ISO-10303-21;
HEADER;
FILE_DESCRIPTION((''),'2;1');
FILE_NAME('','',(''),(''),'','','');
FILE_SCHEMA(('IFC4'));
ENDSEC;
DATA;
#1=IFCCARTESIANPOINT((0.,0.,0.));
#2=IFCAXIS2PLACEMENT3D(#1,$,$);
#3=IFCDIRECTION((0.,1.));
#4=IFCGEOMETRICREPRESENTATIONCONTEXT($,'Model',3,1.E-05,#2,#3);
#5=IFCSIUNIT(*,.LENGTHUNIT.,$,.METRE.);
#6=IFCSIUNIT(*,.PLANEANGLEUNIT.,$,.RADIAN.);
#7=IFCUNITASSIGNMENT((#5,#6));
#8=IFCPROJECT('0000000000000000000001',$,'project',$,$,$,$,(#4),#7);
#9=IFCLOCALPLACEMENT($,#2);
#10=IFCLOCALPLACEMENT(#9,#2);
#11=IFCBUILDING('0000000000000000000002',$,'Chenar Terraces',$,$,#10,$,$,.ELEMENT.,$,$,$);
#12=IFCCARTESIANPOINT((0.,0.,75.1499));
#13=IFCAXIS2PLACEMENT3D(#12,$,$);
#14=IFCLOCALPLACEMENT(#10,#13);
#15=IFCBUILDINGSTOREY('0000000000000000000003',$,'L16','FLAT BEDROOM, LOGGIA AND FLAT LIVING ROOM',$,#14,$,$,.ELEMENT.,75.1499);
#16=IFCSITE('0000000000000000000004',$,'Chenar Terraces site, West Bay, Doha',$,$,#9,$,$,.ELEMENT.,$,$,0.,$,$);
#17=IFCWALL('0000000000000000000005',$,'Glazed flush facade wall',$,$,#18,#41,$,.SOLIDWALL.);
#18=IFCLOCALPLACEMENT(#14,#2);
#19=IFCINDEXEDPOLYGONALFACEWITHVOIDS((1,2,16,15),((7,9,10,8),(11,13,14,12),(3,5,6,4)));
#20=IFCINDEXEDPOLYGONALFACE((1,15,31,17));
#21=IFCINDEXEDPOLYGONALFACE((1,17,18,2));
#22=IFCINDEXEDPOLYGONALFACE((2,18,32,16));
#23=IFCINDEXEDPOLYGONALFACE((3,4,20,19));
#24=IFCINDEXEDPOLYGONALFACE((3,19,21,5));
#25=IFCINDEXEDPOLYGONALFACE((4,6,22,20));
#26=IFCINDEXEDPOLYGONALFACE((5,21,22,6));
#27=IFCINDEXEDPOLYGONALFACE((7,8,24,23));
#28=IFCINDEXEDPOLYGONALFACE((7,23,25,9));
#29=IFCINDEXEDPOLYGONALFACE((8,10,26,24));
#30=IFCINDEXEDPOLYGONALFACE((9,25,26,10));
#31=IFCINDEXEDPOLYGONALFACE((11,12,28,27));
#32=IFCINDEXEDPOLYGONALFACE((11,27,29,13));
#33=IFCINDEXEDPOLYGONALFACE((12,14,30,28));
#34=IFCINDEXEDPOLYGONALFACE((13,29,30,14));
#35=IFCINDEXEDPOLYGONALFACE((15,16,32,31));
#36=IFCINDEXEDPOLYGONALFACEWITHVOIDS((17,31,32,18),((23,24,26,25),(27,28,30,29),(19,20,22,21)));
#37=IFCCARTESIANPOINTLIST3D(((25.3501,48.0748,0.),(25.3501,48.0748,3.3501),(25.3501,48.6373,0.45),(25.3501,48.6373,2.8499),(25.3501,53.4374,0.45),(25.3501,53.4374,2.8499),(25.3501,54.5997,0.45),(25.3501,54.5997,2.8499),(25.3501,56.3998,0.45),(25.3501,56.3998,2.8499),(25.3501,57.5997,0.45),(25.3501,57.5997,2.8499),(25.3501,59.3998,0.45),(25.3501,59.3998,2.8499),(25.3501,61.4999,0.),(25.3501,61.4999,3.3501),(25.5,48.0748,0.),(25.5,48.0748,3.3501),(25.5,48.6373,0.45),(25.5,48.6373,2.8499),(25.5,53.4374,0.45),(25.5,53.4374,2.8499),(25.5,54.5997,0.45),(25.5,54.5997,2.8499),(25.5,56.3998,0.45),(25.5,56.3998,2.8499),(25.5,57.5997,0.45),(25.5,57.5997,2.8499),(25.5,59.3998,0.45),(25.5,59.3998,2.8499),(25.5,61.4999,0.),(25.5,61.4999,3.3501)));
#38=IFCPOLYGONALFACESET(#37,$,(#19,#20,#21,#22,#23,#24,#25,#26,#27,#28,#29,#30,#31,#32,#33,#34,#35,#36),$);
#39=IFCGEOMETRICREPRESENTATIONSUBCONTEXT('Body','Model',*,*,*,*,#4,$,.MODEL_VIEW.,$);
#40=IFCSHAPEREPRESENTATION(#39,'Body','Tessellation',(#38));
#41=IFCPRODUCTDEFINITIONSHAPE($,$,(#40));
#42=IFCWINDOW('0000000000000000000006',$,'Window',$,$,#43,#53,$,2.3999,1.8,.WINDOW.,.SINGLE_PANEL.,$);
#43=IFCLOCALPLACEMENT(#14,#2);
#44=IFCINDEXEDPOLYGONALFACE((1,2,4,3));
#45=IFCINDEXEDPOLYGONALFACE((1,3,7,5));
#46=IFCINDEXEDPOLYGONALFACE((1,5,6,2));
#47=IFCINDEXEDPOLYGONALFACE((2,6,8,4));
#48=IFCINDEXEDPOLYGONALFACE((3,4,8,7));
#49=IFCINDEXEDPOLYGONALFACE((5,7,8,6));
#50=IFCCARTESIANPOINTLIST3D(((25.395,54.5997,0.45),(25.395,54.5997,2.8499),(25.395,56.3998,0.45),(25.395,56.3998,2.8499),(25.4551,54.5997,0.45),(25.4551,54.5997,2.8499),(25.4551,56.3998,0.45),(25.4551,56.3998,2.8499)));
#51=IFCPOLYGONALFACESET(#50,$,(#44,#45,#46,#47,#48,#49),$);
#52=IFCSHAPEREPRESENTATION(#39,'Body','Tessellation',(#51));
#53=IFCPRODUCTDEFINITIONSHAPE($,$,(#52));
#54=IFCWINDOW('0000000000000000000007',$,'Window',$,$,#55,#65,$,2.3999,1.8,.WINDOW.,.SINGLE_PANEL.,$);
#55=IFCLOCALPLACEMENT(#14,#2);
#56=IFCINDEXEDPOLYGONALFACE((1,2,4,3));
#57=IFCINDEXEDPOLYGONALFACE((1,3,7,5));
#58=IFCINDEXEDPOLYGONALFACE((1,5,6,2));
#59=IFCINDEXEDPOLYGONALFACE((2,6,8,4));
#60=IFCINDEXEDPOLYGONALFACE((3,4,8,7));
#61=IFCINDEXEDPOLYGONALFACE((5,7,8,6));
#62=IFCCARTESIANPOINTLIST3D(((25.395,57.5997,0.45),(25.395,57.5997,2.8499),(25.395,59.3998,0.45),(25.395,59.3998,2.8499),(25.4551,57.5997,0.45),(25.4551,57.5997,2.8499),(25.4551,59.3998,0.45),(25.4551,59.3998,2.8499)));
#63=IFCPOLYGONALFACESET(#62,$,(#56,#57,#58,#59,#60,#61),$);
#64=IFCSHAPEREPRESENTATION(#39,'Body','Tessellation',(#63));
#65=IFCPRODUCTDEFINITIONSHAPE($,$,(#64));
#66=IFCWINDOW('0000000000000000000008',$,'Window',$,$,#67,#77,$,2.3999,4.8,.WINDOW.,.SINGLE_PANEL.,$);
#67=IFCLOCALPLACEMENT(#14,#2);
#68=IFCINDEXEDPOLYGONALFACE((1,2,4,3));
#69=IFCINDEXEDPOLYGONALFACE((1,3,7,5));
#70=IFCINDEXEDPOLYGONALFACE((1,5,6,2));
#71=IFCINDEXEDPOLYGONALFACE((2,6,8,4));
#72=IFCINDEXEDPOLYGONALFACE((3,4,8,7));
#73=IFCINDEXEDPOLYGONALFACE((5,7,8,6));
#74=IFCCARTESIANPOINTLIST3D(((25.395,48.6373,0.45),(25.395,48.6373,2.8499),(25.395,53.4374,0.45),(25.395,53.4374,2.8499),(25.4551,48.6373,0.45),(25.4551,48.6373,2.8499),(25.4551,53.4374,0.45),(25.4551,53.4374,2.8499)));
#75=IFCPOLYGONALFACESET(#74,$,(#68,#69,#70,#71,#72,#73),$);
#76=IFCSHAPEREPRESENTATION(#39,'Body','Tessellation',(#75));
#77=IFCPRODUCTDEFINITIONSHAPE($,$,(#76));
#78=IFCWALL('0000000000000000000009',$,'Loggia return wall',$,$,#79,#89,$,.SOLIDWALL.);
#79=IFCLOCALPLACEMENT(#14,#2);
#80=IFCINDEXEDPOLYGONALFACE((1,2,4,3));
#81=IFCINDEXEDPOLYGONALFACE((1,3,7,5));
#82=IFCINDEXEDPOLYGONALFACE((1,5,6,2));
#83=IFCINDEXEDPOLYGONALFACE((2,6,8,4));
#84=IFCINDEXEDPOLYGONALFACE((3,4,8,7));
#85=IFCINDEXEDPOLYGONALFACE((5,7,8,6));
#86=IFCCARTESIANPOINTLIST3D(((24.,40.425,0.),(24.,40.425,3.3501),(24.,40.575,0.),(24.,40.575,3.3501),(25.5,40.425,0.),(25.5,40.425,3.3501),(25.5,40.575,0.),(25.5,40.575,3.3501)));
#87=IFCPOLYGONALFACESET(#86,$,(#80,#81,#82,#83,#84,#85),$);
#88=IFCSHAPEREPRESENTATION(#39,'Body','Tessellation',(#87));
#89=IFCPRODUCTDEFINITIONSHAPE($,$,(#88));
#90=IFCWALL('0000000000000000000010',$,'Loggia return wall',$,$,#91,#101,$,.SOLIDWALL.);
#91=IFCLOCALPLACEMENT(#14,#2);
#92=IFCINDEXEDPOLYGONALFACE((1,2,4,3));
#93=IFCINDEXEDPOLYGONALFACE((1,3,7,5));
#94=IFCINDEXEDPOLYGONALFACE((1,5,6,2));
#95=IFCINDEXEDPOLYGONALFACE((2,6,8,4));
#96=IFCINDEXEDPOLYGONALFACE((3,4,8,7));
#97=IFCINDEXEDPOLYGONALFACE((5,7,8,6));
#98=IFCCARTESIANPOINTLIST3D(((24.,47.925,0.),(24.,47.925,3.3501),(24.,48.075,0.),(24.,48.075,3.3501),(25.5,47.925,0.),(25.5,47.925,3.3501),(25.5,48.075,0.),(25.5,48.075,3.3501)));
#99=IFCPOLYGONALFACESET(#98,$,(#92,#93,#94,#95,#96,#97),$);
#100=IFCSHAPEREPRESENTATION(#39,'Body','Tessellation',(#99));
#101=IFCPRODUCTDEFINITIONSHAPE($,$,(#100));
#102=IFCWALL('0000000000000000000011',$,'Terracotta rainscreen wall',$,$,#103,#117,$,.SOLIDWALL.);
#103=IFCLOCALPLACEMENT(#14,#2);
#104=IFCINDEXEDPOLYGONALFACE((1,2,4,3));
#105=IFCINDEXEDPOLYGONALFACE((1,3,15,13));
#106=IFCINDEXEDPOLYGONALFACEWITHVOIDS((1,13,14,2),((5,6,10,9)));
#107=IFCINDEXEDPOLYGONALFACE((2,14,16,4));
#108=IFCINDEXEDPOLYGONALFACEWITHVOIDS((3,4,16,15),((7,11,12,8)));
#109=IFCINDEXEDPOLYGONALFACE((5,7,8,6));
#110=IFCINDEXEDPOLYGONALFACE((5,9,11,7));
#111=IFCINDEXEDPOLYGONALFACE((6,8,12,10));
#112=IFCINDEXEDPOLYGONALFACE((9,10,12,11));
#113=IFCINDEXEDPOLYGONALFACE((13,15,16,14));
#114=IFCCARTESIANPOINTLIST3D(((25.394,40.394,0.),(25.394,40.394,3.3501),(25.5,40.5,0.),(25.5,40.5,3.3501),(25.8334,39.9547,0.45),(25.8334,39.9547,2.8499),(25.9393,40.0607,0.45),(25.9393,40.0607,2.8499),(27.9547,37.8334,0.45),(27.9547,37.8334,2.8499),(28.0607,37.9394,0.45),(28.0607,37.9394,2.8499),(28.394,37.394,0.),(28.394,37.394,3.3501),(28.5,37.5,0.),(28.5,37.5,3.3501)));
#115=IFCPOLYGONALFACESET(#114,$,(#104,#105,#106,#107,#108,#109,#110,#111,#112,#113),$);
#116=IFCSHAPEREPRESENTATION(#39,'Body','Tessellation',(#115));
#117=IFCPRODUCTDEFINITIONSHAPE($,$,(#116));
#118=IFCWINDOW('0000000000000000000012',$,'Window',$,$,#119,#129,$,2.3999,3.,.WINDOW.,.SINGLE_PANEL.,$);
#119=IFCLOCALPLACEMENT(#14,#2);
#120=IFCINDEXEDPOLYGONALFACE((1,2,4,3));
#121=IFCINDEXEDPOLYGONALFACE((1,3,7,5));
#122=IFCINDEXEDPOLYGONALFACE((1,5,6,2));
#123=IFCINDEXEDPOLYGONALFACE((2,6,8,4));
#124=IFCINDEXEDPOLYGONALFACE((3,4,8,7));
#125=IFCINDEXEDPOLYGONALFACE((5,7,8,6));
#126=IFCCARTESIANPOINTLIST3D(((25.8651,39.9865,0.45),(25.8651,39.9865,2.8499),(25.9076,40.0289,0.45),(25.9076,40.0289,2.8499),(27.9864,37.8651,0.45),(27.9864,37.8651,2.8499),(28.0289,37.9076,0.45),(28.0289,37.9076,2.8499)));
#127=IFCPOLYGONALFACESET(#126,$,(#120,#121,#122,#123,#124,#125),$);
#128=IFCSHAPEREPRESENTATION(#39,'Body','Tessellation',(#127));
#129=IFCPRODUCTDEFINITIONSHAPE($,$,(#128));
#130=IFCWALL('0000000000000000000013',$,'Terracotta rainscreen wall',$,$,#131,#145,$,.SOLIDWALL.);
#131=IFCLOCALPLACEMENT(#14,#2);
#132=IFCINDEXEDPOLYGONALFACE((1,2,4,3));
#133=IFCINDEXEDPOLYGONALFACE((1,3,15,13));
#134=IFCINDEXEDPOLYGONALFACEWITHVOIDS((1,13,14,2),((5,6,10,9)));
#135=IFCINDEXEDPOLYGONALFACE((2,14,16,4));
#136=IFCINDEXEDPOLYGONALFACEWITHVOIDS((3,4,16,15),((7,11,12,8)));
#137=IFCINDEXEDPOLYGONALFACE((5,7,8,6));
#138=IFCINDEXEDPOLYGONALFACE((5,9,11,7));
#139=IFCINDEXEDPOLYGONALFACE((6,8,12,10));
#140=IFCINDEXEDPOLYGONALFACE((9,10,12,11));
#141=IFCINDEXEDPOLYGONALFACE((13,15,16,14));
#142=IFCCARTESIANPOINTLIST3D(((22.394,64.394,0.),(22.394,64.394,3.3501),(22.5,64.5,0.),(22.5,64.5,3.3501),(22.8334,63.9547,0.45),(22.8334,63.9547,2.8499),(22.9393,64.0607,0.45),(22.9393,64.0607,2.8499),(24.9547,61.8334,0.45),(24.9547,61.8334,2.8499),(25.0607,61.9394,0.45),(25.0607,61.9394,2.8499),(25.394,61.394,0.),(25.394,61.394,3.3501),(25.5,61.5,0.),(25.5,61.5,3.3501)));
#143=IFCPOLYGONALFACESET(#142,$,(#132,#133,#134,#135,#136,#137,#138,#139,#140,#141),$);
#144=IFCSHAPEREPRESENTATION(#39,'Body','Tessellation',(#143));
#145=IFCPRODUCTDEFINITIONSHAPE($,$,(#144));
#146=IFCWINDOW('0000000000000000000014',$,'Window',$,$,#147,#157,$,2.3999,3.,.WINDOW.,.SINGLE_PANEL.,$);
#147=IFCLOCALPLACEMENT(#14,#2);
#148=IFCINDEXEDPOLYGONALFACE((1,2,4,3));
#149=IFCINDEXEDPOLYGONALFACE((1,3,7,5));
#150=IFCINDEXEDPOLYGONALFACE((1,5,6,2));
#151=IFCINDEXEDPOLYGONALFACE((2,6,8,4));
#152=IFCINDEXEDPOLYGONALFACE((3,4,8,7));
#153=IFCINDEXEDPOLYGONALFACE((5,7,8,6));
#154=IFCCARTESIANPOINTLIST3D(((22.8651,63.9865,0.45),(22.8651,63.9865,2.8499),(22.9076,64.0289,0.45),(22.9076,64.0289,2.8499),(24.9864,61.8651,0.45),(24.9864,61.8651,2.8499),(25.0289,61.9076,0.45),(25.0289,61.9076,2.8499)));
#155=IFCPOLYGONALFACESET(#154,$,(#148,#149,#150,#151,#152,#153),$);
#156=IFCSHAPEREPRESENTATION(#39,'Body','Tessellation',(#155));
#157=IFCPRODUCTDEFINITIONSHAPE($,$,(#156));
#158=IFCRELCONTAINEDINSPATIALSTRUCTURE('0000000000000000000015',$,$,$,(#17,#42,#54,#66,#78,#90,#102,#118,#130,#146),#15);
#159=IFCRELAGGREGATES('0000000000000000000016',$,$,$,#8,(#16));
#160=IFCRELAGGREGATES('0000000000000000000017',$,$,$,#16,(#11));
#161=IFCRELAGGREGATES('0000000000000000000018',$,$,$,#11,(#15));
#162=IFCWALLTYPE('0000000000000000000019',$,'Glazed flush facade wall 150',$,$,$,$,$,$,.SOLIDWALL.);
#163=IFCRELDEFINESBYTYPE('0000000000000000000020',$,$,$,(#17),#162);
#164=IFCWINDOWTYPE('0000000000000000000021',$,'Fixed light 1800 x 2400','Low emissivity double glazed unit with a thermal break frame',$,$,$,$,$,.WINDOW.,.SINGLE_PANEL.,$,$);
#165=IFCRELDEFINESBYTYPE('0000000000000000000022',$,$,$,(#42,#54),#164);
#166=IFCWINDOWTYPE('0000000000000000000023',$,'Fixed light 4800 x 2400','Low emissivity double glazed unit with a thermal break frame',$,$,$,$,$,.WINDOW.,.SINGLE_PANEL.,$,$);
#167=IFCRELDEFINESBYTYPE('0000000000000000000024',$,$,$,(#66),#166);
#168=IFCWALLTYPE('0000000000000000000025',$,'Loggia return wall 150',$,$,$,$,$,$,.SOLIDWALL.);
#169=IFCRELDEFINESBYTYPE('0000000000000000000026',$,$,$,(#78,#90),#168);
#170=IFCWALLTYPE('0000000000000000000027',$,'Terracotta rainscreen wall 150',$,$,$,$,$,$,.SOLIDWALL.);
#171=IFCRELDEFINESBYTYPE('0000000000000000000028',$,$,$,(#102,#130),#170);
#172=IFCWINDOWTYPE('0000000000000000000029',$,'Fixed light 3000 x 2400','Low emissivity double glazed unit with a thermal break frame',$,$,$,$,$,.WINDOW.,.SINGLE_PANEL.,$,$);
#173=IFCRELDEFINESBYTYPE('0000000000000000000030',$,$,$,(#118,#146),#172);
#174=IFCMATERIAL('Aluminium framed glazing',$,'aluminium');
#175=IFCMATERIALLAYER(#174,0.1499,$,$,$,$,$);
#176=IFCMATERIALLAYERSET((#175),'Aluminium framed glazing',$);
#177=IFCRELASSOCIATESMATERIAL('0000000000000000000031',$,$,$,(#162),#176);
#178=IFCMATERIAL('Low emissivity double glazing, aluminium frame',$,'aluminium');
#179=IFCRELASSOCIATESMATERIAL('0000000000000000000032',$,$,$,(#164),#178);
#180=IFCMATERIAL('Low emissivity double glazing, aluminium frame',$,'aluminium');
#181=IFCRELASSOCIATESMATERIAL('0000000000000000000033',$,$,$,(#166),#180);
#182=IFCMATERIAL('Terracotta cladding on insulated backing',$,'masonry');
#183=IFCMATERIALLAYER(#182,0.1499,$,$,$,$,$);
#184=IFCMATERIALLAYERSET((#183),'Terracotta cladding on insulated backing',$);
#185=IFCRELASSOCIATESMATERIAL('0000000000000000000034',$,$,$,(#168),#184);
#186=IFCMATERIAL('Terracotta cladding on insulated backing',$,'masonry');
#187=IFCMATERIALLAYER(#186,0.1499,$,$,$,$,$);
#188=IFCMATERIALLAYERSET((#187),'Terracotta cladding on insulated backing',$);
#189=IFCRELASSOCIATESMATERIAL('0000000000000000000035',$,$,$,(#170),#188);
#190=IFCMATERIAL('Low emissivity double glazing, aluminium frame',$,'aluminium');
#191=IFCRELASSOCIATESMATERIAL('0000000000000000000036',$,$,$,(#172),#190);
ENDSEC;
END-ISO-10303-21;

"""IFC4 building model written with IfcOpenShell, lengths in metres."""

from ifc_helpers import new_model, si_unit, direction, frame, frame_2d, origin, place, context, subcontext, project, spatial, rectangle, extrude, material, layer, layer_set, type_object, element, fill, save


model = new_model("IFC4")

# Units and contexts
model_context = context("Model", 3, precision=1e-05, world=origin(), true_north=direction((0.0, 1.0)))
body_context = subcontext(model_context, "Body", "Model", "MODEL_VIEW")
ifc_project = project(units=[si_unit("LENGTHUNIT", "METRE"), si_unit("PLANEANGLEUNIT", "RADIAN")], contexts=[model_context])

# Site, building, storey
site_placement = place(None, origin())
site = spatial("IfcSite", under=ifc_project, at=site_placement, Name="Chenar Terraces site, West Bay, Doha", CompositionType="ELEMENT", RefElevation=0.0)
building_placement = place(site_placement, origin())
building = spatial("IfcBuilding", under=site, at=building_placement, Name="Chenar Terraces", CompositionType="ELEMENT")
storey_placement = place(building_placement, frame((0.0, 0.0, 75.1499)))
storey = spatial("IfcBuildingStorey", under=building, at=storey_placement, Name="L16", Description="FLAT BEDROOM, LOGGIA AND FLAT LIVING ROOM", CompositionType="ELEMENT", Elevation=75.1499)

# Wall, openings, windows
ifc_material_1 = material(Name="Aluminium framed glazing", Category="aluminium")
ifc_layer_1 = layer(ifc_material_1, 0.1499)
ifc_layer_set_1 = layer_set([ifc_layer_1], Name="Aluminium framed glazing")
wall_type_1 = type_object("IfcWallType", Name="Glazed flush facade wall 150", PredefinedType="SOLIDWALL", material=ifc_layer_set_1)
wall_1_placement = place(storey_placement, frame((25.425, 48.075, 0.0), z_axis=(0.0, 0.0, 1.0), x_axis=(0.0, 1.0, 0.0)))
wall_1 = element("IfcWall", 1, at=wall_1_placement, inside=storey, type_object=wall_type_1, Name="Glazed flush facade wall", PredefinedType="SOLIDWALL", context=body_context, shape_type="SweptSolid", body=[
    extrude(rectangle(XDim=13.425, YDim=0.1499, at=frame_2d((6.7124, 0.0))), origin(), (0.0, 0.0, 1.0), 3.3501),
])
opening_1_placement = place(wall_1_placement, frame((0.5625, 0.0, 0.45)))
opening_1 = element("IfcOpeningElement", 2, at=opening_1_placement, cuts=wall_1, PredefinedType="OPENING", context=body_context, shape_type="SweptSolid", body=[
    extrude(rectangle(XDim=4.8, YDim=2.3999, at=frame_2d((2.3999, 1.2))), frame((0.0, 0.085, 0.0), z_axis=(0.0, -1.0, 0.0), x_axis=(1.0, 0.0, 0.0)), (0.0, 0.0, 1.0), 0.1699),
])
opening_2_placement = place(wall_1_placement, frame((6.5249, 0.0, 0.45)))
opening_2 = element("IfcOpeningElement", 3, at=opening_2_placement, cuts=wall_1, PredefinedType="OPENING", context=body_context, shape_type="SweptSolid", body=[
    extrude(rectangle(XDim=1.8, YDim=2.3999, at=frame_2d((0.8999, 1.2))), frame((0.0, 0.085, 0.0), z_axis=(0.0, -1.0, 0.0), x_axis=(1.0, 0.0, 0.0)), (0.0, 0.0, 1.0), 0.1699),
])
opening_3_placement = place(wall_1_placement, frame((9.5249, 0.0, 0.45)))
opening_3 = element("IfcOpeningElement", 4, at=opening_3_placement, cuts=wall_1, PredefinedType="OPENING", context=body_context, shape_type="SweptSolid", body=[
    extrude(rectangle(XDim=1.8, YDim=2.3999, at=frame_2d((0.8999, 1.2))), frame((0.0, 0.085, 0.0), z_axis=(0.0, -1.0, 0.0), x_axis=(1.0, 0.0, 0.0)), (0.0, 0.0, 1.0), 0.1699),
])
ifc_material_2 = material(Name="Low emissivity double glazing, aluminium frame", Category="aluminium")
window_type_1 = type_object("IfcWindowType", Name="Fixed light 1800 x 2400", Description="Low emissivity double glazed unit with a thermal break frame", PartitioningType="SINGLE_PANEL", PredefinedType="WINDOW", material=ifc_material_2)
window_1_placement = place(opening_2_placement, origin())
window_1 = element("IfcWindow", 5, at=window_1_placement, inside=storey, type_object=window_type_1, Name="Window", OverallHeight=2.3999, OverallWidth=1.8, PartitioningType="SINGLE_PANEL", PredefinedType="WINDOW", context=body_context, shape_type="SweptSolid", body=[
    extrude(rectangle(XDim=1.8, YDim=2.3999, at=frame_2d((0.8999, 1.2))), frame((0.0, 0.03, 0.0), z_axis=(0.0, -1.0, 0.0), x_axis=(1.0, 0.0, 0.0)), (0.0, 0.0, 1.0), 0.0601),
])
fill(opening_2, window_1)
window_2_placement = place(opening_3_placement, origin())
window_2 = element("IfcWindow", 6, at=window_2_placement, inside=storey, type_object=window_type_1, Name="Window", OverallHeight=2.3999, OverallWidth=1.8, PartitioningType="SINGLE_PANEL", PredefinedType="WINDOW", context=body_context, shape_type="SweptSolid", body=[
    extrude(rectangle(XDim=1.8, YDim=2.3999, at=frame_2d((0.8999, 1.2))), frame((0.0, 0.03, 0.0), z_axis=(0.0, -1.0, 0.0), x_axis=(1.0, 0.0, 0.0)), (0.0, 0.0, 1.0), 0.0601),
])
fill(opening_3, window_2)
ifc_material_3 = material(Name="Low emissivity double glazing, aluminium frame", Category="aluminium")
window_type_2 = type_object("IfcWindowType", Name="Fixed light 4800 x 2400", Description="Low emissivity double glazed unit with a thermal break frame", PartitioningType="SINGLE_PANEL", PredefinedType="WINDOW", material=ifc_material_3)
window_3_placement = place(opening_1_placement, origin())
window_3 = element("IfcWindow", 7, at=window_3_placement, inside=storey, type_object=window_type_2, Name="Window", OverallHeight=2.3999, OverallWidth=4.8, PartitioningType="SINGLE_PANEL", PredefinedType="WINDOW", context=body_context, shape_type="SweptSolid", body=[
    extrude(rectangle(XDim=4.8, YDim=2.3999, at=frame_2d((2.3999, 1.2))), frame((0.0, 0.03, 0.0), z_axis=(0.0, -1.0, 0.0), x_axis=(1.0, 0.0, 0.0)), (0.0, 0.0, 1.0), 0.0601),
])
fill(opening_1, window_3)

# Walls
ifc_material_4 = material(Name="Terracotta cladding on insulated backing", Category="masonry")
ifc_layer_2 = layer(ifc_material_4, 0.1499)
ifc_layer_set_2 = layer_set([ifc_layer_2], Name="Terracotta cladding on insulated backing")
wall_type_2 = type_object("IfcWallType", Name="Loggia return wall 150", PredefinedType="SOLIDWALL", material=ifc_layer_set_2)
for number, where, z_axis, x_axis, name in (
    (8, (25.5, 40.5, 0.0), (0.0, 0.0, 1.0), (-1.0, 0.0, 0.0), "Loggia return wall"),
    (9, (25.5, 48.0, 0.0), (0.0, 0.0, 1.0), (-1.0, 0.0, 0.0), "Loggia return wall"),
):
    element("IfcWall", number, at=place(storey_placement, frame(where, z_axis=z_axis, x_axis=x_axis)), inside=storey, type_object=wall_type_2, Name=name, PredefinedType="SOLIDWALL", context=body_context, shape_type="SweptSolid", body=[
        extrude(rectangle(XDim=1.5, YDim=0.1499, at=frame_2d((0.75, 0.0))), origin(), (0.0, 0.0, 1.0), 3.3501),
    ])

# Walls, openings, windows
ifc_material_5 = material(Name="Terracotta cladding on insulated backing", Category="masonry")
ifc_layer_3 = layer(ifc_material_5, 0.1499)
ifc_layer_set_3 = layer_set([ifc_layer_3], Name="Terracotta cladding on insulated backing")
wall_type_3 = type_object("IfcWallType", Name="Terracotta rainscreen wall 150", PredefinedType="SOLIDWALL", material=ifc_layer_set_3)
wall_2_placement = place(storey_placement, frame((28.447, 37.447, 0.0), z_axis=(0.0, 0.0, 1.0), x_axis=(-0.707107, 0.707107, 0.0)))
wall_2 = element("IfcWall", 10, at=wall_2_placement, inside=storey, type_object=wall_type_3, Name="Terracotta rainscreen wall", PredefinedType="SOLIDWALL", context=body_context, shape_type="SweptSolid", body=[
    extrude(rectangle(XDim=4.2427, YDim=0.1499, at=frame_2d((2.1213, 0.0))), origin(), (0.0, 0.0, 1.0), 3.3501),
])
opening_4_placement = place(wall_2_placement, frame((0.6213, 0.0, 0.45)))
opening_4 = element("IfcOpeningElement", 11, at=opening_4_placement, cuts=wall_2, PredefinedType="OPENING", context=body_context, shape_type="SweptSolid", body=[
    extrude(rectangle(XDim=3.0, YDim=2.3999, at=frame_2d((1.5, 1.2))), frame((0.0, 0.085, 0.0), z_axis=(0.0, -1.0, 0.0), x_axis=(1.0, 0.0, 0.0)), (0.0, 0.0, 1.0), 0.1699),
])
ifc_material_6 = material(Name="Low emissivity double glazing, aluminium frame", Category="aluminium")
window_type_3 = type_object("IfcWindowType", Name="Fixed light 3000 x 2400", Description="Low emissivity double glazed unit with a thermal break frame", PartitioningType="SINGLE_PANEL", PredefinedType="WINDOW", material=ifc_material_6)
window_4_placement = place(opening_4_placement, origin())
window_4 = element("IfcWindow", 12, at=window_4_placement, inside=storey, type_object=window_type_3, Name="Window", OverallHeight=2.3999, OverallWidth=3.0, PartitioningType="SINGLE_PANEL", PredefinedType="WINDOW", context=body_context, shape_type="SweptSolid", body=[
    extrude(rectangle(XDim=3.0, YDim=2.3999, at=frame_2d((1.5, 1.2))), frame((0.0, 0.03, 0.0), z_axis=(0.0, -1.0, 0.0), x_axis=(1.0, 0.0, 0.0)), (0.0, 0.0, 1.0), 0.0601),
])
fill(opening_4, window_4)
wall_3_placement = place(storey_placement, frame((25.447, 61.447, 0.0), z_axis=(0.0, 0.0, 1.0), x_axis=(-0.707107, 0.707107, 0.0)))
wall_3 = element("IfcWall", 13, at=wall_3_placement, inside=storey, type_object=wall_type_3, Name="Terracotta rainscreen wall", PredefinedType="SOLIDWALL", context=body_context, shape_type="SweptSolid", body=[
    extrude(rectangle(XDim=4.2427, YDim=0.1499, at=frame_2d((2.1213, 0.0))), origin(), (0.0, 0.0, 1.0), 3.3501),
])
opening_5_placement = place(wall_3_placement, frame((0.6213, 0.0, 0.45)))
opening_5 = element("IfcOpeningElement", 14, at=opening_5_placement, cuts=wall_3, PredefinedType="OPENING", context=body_context, shape_type="SweptSolid", body=[
    extrude(rectangle(XDim=3.0, YDim=2.3999, at=frame_2d((1.5, 1.2))), frame((0.0, 0.085, 0.0), z_axis=(0.0, -1.0, 0.0), x_axis=(1.0, 0.0, 0.0)), (0.0, 0.0, 1.0), 0.1699),
])
window_5_placement = place(opening_5_placement, origin())
window_5 = element("IfcWindow", 15, at=window_5_placement, inside=storey, type_object=window_type_3, Name="Window", OverallHeight=2.3999, OverallWidth=3.0, PartitioningType="SINGLE_PANEL", PredefinedType="WINDOW", context=body_context, shape_type="SweptSolid", body=[
    extrude(rectangle(XDim=3.0, YDim=2.3999, at=frame_2d((1.5, 1.2))), frame((0.0, 0.03, 0.0), z_axis=(0.0, -1.0, 0.0), x_axis=(1.0, 0.0, 0.0)), (0.0, 0.0, 1.0), 0.0601),
])
fill(opening_5, window_5)

save(model, "model.ifc")
